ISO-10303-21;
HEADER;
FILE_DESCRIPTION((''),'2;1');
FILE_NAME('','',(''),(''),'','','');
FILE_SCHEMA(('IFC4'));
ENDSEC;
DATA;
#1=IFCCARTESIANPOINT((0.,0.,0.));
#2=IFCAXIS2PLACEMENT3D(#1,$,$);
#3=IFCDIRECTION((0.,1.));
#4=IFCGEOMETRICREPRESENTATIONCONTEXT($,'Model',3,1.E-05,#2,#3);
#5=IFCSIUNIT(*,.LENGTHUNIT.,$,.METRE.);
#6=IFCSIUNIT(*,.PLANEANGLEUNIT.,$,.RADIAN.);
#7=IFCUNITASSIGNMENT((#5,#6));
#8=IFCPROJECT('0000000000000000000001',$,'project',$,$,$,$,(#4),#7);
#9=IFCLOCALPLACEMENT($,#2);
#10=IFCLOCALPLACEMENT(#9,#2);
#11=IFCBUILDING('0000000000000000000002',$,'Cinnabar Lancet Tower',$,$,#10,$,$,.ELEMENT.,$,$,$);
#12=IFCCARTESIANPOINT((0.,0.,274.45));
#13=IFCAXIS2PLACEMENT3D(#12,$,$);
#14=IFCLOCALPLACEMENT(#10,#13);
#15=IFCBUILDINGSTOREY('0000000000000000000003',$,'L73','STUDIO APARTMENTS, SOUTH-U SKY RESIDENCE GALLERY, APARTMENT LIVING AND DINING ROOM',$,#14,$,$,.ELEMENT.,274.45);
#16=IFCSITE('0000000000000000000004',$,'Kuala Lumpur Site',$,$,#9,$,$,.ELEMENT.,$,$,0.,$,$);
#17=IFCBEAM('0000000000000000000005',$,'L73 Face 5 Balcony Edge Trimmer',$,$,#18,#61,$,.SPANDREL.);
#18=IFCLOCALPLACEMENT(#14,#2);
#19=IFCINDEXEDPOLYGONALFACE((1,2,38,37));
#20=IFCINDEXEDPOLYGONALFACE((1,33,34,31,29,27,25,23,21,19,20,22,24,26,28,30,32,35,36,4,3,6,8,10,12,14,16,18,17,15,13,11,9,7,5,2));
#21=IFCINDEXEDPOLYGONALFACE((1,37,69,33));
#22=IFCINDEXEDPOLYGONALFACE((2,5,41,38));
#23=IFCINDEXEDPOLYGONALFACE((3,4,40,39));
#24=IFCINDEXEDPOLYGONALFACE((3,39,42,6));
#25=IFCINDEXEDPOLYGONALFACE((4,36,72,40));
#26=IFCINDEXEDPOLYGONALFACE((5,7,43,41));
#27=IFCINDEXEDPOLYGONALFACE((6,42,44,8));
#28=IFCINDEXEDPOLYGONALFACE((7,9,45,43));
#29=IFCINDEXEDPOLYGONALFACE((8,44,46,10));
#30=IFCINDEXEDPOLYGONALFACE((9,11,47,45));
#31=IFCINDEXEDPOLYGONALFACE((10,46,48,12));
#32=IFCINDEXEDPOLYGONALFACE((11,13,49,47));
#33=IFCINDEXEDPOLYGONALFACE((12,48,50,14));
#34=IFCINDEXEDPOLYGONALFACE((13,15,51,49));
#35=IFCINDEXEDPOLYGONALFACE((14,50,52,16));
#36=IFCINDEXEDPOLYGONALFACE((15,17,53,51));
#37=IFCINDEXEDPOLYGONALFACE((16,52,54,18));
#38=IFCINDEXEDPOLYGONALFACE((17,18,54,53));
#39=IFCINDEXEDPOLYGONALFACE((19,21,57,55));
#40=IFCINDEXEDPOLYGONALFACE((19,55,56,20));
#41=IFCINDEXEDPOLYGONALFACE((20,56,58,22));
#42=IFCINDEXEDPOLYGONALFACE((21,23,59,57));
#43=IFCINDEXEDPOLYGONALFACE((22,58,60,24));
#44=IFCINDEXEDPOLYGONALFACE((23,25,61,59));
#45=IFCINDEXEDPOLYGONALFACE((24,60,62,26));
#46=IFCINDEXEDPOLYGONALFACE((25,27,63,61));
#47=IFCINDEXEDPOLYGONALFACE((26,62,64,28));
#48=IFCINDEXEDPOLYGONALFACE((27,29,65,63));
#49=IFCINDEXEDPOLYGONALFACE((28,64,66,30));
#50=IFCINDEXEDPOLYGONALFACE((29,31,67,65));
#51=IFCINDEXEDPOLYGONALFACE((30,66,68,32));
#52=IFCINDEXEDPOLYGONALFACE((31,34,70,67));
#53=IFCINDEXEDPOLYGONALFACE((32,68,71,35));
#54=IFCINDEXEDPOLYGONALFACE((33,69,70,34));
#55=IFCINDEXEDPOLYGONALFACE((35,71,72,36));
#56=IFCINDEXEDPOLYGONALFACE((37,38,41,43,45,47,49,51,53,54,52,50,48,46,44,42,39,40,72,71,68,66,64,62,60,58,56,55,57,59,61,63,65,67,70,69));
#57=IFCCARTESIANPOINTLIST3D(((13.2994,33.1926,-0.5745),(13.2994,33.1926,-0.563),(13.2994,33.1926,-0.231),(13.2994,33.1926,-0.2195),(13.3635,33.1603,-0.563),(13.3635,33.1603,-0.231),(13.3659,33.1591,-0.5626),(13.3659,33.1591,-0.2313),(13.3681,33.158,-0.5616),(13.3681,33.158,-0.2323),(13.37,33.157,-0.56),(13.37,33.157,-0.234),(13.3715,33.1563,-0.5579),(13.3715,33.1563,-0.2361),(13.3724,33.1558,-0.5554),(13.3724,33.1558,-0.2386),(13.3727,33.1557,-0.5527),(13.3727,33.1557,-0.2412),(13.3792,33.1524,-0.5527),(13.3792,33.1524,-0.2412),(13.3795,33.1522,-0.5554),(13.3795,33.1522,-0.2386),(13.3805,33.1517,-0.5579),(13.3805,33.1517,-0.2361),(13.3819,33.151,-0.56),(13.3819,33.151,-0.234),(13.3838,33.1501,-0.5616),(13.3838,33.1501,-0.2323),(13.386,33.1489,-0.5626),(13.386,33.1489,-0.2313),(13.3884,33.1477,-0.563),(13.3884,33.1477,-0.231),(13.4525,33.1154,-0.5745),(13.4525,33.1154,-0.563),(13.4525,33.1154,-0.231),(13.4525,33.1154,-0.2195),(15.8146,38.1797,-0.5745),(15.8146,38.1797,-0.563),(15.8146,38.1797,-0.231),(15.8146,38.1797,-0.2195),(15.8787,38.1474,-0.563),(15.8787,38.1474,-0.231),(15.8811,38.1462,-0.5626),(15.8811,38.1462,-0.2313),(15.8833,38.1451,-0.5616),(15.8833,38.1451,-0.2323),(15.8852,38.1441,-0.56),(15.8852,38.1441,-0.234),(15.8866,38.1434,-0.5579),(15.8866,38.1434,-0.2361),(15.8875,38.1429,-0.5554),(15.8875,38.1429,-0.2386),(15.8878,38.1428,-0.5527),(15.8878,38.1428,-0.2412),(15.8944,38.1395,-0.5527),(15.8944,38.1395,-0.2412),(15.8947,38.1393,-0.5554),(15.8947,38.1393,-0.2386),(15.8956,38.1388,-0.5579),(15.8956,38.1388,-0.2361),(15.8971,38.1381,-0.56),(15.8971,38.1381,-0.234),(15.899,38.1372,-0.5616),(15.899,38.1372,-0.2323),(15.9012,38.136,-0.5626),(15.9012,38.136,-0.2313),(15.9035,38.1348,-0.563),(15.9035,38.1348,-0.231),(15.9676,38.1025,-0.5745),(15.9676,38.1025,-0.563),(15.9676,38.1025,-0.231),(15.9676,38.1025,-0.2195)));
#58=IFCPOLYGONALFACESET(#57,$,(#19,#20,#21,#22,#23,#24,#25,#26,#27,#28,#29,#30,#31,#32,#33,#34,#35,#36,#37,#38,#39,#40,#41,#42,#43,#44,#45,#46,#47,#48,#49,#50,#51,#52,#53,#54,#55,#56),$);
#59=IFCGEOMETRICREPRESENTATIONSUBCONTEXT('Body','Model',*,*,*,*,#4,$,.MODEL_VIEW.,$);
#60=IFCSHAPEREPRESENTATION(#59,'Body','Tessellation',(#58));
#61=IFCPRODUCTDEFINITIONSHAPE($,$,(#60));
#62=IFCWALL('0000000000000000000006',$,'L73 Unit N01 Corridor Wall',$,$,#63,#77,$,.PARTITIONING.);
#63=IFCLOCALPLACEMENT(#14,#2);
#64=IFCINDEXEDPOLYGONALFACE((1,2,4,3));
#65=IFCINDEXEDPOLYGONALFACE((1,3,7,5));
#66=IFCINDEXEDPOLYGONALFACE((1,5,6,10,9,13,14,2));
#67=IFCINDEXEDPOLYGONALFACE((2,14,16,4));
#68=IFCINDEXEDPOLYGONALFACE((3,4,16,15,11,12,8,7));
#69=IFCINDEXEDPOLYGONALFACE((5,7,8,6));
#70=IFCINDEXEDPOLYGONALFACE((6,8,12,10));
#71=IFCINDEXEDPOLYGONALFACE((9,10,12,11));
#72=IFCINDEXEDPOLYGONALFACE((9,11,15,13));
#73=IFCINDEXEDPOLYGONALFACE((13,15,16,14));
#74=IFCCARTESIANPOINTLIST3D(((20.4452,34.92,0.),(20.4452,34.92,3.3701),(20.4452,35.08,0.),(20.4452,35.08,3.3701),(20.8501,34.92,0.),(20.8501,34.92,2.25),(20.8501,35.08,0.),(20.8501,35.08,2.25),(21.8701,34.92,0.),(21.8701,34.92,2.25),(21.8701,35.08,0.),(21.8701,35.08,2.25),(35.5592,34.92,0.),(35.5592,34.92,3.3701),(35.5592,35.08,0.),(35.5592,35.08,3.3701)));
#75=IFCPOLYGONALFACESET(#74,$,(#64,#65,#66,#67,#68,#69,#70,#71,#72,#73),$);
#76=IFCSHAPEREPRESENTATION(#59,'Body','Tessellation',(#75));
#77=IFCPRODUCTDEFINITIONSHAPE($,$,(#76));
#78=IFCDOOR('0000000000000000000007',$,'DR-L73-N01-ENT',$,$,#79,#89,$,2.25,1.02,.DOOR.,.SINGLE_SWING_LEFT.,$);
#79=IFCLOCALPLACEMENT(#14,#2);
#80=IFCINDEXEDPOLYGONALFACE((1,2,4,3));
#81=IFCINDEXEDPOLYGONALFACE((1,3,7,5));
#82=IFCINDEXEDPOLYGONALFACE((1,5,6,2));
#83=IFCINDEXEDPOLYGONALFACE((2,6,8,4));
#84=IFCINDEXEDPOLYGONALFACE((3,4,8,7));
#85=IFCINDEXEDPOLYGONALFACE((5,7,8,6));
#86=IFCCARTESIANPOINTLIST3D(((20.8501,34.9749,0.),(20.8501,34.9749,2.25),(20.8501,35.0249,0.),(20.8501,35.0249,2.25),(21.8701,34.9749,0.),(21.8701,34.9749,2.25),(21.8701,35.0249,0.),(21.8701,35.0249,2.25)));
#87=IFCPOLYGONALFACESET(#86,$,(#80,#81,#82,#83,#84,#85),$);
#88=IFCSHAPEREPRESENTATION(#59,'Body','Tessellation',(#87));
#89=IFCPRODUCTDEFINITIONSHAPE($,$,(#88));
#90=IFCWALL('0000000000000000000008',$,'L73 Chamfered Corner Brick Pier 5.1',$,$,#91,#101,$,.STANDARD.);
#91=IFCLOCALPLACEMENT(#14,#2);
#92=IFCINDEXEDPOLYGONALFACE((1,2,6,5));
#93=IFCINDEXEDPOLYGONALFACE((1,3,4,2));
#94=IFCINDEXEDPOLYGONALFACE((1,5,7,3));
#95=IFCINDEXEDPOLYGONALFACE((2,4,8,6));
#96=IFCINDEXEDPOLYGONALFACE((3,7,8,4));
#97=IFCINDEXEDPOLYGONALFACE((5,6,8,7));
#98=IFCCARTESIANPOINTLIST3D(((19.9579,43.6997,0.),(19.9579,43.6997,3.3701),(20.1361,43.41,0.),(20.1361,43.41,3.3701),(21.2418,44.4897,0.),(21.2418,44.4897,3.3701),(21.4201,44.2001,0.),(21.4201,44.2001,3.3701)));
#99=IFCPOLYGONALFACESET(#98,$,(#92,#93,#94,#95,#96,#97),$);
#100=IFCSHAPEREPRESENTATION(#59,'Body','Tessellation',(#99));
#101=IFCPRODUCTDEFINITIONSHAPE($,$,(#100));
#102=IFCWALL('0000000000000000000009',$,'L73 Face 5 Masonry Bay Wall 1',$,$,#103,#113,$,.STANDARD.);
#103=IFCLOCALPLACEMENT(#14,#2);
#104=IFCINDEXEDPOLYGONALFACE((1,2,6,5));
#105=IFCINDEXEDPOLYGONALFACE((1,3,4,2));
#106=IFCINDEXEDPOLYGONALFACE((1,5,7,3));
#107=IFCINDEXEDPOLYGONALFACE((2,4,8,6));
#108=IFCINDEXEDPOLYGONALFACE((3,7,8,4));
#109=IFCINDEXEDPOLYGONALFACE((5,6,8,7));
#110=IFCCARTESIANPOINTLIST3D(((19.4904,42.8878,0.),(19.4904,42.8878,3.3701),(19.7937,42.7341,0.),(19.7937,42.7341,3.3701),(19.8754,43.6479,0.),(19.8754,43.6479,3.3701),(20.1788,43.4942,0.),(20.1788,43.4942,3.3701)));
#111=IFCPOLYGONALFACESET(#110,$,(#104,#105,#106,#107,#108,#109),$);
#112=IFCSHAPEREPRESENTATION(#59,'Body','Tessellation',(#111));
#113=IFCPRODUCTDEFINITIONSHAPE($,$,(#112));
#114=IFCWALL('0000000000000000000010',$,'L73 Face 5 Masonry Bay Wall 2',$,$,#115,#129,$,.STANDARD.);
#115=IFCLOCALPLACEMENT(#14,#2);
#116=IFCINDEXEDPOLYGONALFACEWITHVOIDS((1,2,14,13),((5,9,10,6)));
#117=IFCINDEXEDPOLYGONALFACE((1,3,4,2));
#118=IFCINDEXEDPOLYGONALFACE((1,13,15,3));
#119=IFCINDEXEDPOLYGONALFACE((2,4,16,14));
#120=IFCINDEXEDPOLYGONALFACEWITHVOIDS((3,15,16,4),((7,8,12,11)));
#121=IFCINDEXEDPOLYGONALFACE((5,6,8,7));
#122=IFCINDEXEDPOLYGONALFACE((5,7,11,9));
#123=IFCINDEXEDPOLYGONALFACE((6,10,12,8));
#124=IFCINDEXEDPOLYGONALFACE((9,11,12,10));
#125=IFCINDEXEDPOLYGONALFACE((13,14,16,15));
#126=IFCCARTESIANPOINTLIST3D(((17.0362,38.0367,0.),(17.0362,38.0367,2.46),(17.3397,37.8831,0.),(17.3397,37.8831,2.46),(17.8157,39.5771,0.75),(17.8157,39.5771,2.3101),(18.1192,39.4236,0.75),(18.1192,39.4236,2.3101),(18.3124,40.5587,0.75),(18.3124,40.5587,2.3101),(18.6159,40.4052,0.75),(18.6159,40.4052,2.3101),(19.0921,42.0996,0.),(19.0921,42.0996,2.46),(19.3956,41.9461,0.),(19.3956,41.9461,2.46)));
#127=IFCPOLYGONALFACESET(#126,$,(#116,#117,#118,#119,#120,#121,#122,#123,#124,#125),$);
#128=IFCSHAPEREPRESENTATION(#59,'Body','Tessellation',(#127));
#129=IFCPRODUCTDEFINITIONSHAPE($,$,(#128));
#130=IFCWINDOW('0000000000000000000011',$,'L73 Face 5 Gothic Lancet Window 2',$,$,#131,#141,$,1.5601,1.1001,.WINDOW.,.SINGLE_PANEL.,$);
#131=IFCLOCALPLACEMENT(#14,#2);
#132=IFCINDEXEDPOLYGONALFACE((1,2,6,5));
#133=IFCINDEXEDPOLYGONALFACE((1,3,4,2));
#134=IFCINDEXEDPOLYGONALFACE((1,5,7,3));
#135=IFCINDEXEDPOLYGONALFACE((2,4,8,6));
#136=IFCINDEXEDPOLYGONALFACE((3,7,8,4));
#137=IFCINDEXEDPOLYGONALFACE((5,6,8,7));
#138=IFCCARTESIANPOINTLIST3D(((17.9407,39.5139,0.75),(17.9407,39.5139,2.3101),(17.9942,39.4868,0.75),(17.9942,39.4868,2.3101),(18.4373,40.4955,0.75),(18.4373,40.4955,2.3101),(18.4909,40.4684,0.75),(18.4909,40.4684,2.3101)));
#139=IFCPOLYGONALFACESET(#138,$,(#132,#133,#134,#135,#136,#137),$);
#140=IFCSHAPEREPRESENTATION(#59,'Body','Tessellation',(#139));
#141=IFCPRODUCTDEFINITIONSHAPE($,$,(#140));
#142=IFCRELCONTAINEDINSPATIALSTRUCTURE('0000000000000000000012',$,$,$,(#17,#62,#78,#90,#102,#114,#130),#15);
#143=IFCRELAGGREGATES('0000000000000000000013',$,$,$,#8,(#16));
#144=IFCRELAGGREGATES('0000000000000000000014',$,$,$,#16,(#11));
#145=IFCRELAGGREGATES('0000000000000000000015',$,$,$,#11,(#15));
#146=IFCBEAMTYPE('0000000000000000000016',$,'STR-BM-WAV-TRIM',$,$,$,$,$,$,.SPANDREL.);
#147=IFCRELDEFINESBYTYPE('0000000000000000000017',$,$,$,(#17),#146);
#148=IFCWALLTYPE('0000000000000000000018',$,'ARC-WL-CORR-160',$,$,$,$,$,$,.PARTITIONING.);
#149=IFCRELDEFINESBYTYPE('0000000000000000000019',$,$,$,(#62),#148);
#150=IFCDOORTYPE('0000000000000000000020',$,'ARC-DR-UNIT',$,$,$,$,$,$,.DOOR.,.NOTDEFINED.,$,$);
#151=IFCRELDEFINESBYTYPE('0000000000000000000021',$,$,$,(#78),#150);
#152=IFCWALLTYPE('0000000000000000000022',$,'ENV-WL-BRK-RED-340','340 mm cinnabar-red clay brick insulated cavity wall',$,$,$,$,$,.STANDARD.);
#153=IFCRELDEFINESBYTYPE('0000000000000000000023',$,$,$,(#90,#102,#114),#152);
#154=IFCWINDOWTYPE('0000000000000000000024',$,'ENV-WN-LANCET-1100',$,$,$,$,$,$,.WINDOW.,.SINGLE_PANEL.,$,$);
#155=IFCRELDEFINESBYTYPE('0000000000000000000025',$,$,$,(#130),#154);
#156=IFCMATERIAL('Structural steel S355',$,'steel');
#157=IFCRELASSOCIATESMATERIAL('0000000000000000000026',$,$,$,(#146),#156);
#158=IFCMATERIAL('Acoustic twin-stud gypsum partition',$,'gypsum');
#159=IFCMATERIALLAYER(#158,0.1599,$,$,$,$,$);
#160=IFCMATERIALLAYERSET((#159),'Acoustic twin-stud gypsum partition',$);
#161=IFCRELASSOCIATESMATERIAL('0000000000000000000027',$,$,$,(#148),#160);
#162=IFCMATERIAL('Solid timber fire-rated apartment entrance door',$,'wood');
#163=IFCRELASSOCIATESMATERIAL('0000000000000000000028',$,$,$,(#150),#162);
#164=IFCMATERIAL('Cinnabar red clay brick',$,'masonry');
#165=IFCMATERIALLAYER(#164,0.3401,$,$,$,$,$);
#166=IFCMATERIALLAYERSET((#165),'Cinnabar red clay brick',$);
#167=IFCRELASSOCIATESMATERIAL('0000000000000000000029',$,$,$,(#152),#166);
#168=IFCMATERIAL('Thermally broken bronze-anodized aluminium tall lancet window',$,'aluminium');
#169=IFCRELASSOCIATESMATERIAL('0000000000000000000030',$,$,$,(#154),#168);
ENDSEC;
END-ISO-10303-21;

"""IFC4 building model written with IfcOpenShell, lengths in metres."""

from ifc_helpers import new_model, si_unit, direction, frame, frame_2d, origin, origin_2d, place, context, subcontext, project, spatial, rectangle, i_section, extrude, material, layer, layer_set, material_profile, profile_set, type_object, element, fill, save


model = new_model("IFC4")

# Units and contexts
model_context = context("Model", 3, precision=1e-05, world=origin(), true_north=direction((0.0, 1.0)))
body_context = subcontext(model_context, "Body", "Model", "MODEL_VIEW")
ifc_project = project(units=[si_unit("LENGTHUNIT", "METRE"), si_unit("PLANEANGLEUNIT", "RADIAN")], contexts=[model_context])

# Site, building, storey
site_placement = place(None, origin())
site = spatial("IfcSite", under=ifc_project, at=site_placement, Name="Kuala Lumpur Site", CompositionType="ELEMENT", RefElevation=0.0)
building_placement = place(site_placement, origin())
building = spatial("IfcBuilding", under=site, at=building_placement, Name="Cinnabar Lancet Tower", CompositionType="ELEMENT")
storey_placement = place(building_placement, frame((0.0, 0.0, 274.45)))
storey = spatial("IfcBuildingStorey", under=building, at=storey_placement, Name="L73", Description="STUDIO APARTMENTS, SOUTH-U SKY RESIDENCE GALLERY, APARTMENT LIVING AND DINING ROOM", CompositionType="ELEMENT", Elevation=274.45)

# Beam
ifc_material_1 = material(Name="Structural steel S355", Category="steel")
ifc_material_profile_1 = material_profile(ifc_material_1, i_section(OverallWidth=0.1714, OverallDepth=0.355, WebThickness=0.0073, FlangeThickness=0.0115, FilletRadius=0.0103, at=origin_2d()), Name="UKB 356x171x51")
ifc_profile_set_1 = profile_set([ifc_material_profile_1], Name="Structural steel S355")
beam_type_1 = type_object("IfcBeamType", Name="STR-BM-WAV-TRIM", PredefinedType="SPANDREL", material=ifc_profile_set_1)
beam_1_placement = place(storey_placement, frame((15.8911, 38.1411, -0.397), z_axis=(-0.450306, -0.892874, 0.0), x_axis=(0.892874, -0.450306, 0.0)))
element("IfcBeam", 1, at=beam_1_placement, inside=storey, type_object=beam_type_1, Name="L73 Face 5 Balcony Edge Trimmer", PredefinedType="SPANDREL", context=body_context, shape_type="SweptSolid", body=[
    extrude(i_section(OverallWidth=0.1714, OverallDepth=0.355, WebThickness=0.0073, FlangeThickness=0.0115, FilletRadius=0.0103, at=origin_2d()), origin(), (0.0, 0.0, 1.0), 5.5854),
])

# Wall, opening, door
ifc_material_2 = material(Name="Acoustic twin-stud gypsum partition", Category="gypsum")
ifc_layer_1 = layer(ifc_material_2, 0.1599)
ifc_layer_set_1 = layer_set([ifc_layer_1], Name="Acoustic twin-stud gypsum partition")
wall_type_1 = type_object("IfcWallType", Name="ARC-WL-CORR-160", PredefinedType="PARTITIONING", material=ifc_layer_set_1)
wall_1_placement = place(storey_placement, frame((20.4451, 35.0, 0.0), z_axis=(0.0, 0.0, 1.0), x_axis=(1.0, 0.0, 0.0)))
wall_1 = element("IfcWall", 2, at=wall_1_placement, inside=storey, type_object=wall_type_1, Name="L73 Unit N01 Corridor Wall", PredefinedType="PARTITIONING", context=body_context, shape_type="SweptSolid", body=[
    extrude(rectangle(XDim=15.114, YDim=0.1599, at=frame_2d((7.5571, 0.0))), origin(), (0.0, 0.0, 1.0), 3.3701),
])
opening_1_placement = place(wall_1_placement, frame((0.405, 0.0, 0.0)))
opening_1 = element("IfcOpeningElement", 3, at=opening_1_placement, cuts=wall_1, PredefinedType="OPENING", context=body_context, shape_type="SweptSolid", body=[
    extrude(rectangle(XDim=1.02, YDim=2.25, at=frame_2d((0.51, 1.125))), frame((0.0, 0.0898, 0.0), z_axis=(0.0, -1.0, 0.0), x_axis=(1.0, 0.0, 0.0)), (0.0, 0.0, 1.0), 0.1799),
])
ifc_material_3 = material(Name="Solid timber fire-rated apartment entrance door", Category="wood")
door_type_1 = type_object("IfcDoorType", Name="ARC-DR-UNIT", OperationType="NOTDEFINED", PredefinedType="DOOR", material=ifc_material_3)
door_1_placement = place(opening_1_placement, origin())
door_1 = element("IfcDoor", 4, at=door_1_placement, inside=storey, type_object=door_type_1, Name="DR-L73-N01-ENT", OperationType="SINGLE_SWING_LEFT", OverallHeight=2.25, OverallWidth=1.02, PredefinedType="DOOR", context=body_context, shape_type="SweptSolid", body=[
    extrude(rectangle(XDim=1.02, YDim=2.25, at=frame_2d((0.51, 1.125))), frame((0.0, 0.0249, 0.0), z_axis=(0.0, -1.0, 0.0), x_axis=(1.0, 0.0, 0.0)), (0.0, 0.0, 1.0), 0.05),
])
fill(opening_1, door_1)

# Walls
ifc_material_4 = material(Name="Cinnabar red clay brick", Category="masonry")
ifc_layer_2 = layer(ifc_material_4, 0.3401)
ifc_layer_set_2 = layer_set([ifc_layer_2], Name="Cinnabar red clay brick")
wall_type_2 = type_object("IfcWallType", Name="ENV-WL-BRK-RED-340", Description="340 mm cinnabar-red clay brick insulated cavity wall", PredefinedType="STANDARD", material=ifc_layer_set_2)
wall_2_placement = place(storey_placement, frame((21.3311, 44.345, 0.0), z_axis=(0.0, 0.0, 1.0), x_axis=(-0.851681, -0.524061, 0.0)))
element("IfcWall", 5, at=wall_2_placement, inside=storey, type_object=wall_type_2, Name="L73 Chamfered Corner Brick Pier 5.1", PredefinedType="STANDARD", context=body_context, shape_type="SweptSolid", body=[
    extrude(rectangle(XDim=1.5076, YDim=0.3401, at=frame_2d((0.7539, 0.0))), origin(), (0.0, 0.0, 1.0), 3.3701),
])
wall_3_placement = place(storey_placement, frame((20.0271, 43.571, 0.0), z_axis=(0.0, 0.0, 1.0), x_axis=(-0.451907, -0.892065, 0.0)))
element("IfcWall", 6, at=wall_3_placement, inside=storey, type_object=wall_type_2, Name="L73 Face 5 Masonry Bay Wall 1", PredefinedType="STANDARD", context=body_context, shape_type="SweptSolid", body=[
    extrude(rectangle(XDim=0.8521, YDim=0.3401, at=frame_2d((0.426, 0.0))), origin(), (0.0, 0.0, 1.0), 3.3701),
])

# Wall, opening, window
wall_4_placement = place(storey_placement, frame((19.2439, 42.0229, 0.0), z_axis=(0.0, 0.0, 1.0), x_axis=(-0.451498, -0.892272, 0.0)))
wall_4 = element("IfcWall", 7, at=wall_4_placement, inside=storey, type_object=wall_type_2, Name="L73 Face 5 Masonry Bay Wall 2", PredefinedType="STANDARD", context=body_context, shape_type="SweptSolid", body=[
    extrude(rectangle(XDim=4.5535, YDim=0.3401, at=frame_2d((2.2769, 0.0))), origin(), (0.0, 0.0, 1.0), 2.46),
])
opening_2_placement = place(wall_4_placement, frame((1.7271, 0.0, 0.75)))
opening_2 = element("IfcOpeningElement", 8, at=opening_2_placement, cuts=wall_4, PredefinedType="OPENING", context=body_context, shape_type="SweptSolid", body=[
    extrude(rectangle(XDim=1.1001, YDim=1.5601, at=frame_2d((0.55, 0.78))), frame((0.0, 0.1799, 0.0), z_axis=(0.0, -1.0, 0.0), x_axis=(1.0, 0.0, 0.0)), (0.0, 0.0, 1.0), 0.3601),
])
ifc_material_5 = material(Name="Thermally broken bronze-anodized aluminium tall lancet window", Category="aluminium")
window_type = type_object("IfcWindowType", Name="ENV-WN-LANCET-1100", PartitioningType="SINGLE_PANEL", PredefinedType="WINDOW", material=ifc_material_5)
window_1_placement = place(opening_2_placement, origin())
window_1 = element("IfcWindow", 9, at=window_1_placement, inside=storey, type_object=window_type, Name="L73 Face 5 Gothic Lancet Window 2", OverallHeight=1.5601, OverallWidth=1.1001, PartitioningType="SINGLE_PANEL", PredefinedType="WINDOW", context=body_context, shape_type="SweptSolid", body=[
    extrude(rectangle(XDim=1.1001, YDim=1.5601, at=frame_2d((0.55, 0.78))), frame((0.0, 0.03, 0.0), z_axis=(0.0, -1.0, 0.0), x_axis=(1.0, 0.0, 0.0)), (0.0, 0.0, 1.0), 0.0601),
])
fill(opening_2, window_1)

save(model, "model.ifc")
